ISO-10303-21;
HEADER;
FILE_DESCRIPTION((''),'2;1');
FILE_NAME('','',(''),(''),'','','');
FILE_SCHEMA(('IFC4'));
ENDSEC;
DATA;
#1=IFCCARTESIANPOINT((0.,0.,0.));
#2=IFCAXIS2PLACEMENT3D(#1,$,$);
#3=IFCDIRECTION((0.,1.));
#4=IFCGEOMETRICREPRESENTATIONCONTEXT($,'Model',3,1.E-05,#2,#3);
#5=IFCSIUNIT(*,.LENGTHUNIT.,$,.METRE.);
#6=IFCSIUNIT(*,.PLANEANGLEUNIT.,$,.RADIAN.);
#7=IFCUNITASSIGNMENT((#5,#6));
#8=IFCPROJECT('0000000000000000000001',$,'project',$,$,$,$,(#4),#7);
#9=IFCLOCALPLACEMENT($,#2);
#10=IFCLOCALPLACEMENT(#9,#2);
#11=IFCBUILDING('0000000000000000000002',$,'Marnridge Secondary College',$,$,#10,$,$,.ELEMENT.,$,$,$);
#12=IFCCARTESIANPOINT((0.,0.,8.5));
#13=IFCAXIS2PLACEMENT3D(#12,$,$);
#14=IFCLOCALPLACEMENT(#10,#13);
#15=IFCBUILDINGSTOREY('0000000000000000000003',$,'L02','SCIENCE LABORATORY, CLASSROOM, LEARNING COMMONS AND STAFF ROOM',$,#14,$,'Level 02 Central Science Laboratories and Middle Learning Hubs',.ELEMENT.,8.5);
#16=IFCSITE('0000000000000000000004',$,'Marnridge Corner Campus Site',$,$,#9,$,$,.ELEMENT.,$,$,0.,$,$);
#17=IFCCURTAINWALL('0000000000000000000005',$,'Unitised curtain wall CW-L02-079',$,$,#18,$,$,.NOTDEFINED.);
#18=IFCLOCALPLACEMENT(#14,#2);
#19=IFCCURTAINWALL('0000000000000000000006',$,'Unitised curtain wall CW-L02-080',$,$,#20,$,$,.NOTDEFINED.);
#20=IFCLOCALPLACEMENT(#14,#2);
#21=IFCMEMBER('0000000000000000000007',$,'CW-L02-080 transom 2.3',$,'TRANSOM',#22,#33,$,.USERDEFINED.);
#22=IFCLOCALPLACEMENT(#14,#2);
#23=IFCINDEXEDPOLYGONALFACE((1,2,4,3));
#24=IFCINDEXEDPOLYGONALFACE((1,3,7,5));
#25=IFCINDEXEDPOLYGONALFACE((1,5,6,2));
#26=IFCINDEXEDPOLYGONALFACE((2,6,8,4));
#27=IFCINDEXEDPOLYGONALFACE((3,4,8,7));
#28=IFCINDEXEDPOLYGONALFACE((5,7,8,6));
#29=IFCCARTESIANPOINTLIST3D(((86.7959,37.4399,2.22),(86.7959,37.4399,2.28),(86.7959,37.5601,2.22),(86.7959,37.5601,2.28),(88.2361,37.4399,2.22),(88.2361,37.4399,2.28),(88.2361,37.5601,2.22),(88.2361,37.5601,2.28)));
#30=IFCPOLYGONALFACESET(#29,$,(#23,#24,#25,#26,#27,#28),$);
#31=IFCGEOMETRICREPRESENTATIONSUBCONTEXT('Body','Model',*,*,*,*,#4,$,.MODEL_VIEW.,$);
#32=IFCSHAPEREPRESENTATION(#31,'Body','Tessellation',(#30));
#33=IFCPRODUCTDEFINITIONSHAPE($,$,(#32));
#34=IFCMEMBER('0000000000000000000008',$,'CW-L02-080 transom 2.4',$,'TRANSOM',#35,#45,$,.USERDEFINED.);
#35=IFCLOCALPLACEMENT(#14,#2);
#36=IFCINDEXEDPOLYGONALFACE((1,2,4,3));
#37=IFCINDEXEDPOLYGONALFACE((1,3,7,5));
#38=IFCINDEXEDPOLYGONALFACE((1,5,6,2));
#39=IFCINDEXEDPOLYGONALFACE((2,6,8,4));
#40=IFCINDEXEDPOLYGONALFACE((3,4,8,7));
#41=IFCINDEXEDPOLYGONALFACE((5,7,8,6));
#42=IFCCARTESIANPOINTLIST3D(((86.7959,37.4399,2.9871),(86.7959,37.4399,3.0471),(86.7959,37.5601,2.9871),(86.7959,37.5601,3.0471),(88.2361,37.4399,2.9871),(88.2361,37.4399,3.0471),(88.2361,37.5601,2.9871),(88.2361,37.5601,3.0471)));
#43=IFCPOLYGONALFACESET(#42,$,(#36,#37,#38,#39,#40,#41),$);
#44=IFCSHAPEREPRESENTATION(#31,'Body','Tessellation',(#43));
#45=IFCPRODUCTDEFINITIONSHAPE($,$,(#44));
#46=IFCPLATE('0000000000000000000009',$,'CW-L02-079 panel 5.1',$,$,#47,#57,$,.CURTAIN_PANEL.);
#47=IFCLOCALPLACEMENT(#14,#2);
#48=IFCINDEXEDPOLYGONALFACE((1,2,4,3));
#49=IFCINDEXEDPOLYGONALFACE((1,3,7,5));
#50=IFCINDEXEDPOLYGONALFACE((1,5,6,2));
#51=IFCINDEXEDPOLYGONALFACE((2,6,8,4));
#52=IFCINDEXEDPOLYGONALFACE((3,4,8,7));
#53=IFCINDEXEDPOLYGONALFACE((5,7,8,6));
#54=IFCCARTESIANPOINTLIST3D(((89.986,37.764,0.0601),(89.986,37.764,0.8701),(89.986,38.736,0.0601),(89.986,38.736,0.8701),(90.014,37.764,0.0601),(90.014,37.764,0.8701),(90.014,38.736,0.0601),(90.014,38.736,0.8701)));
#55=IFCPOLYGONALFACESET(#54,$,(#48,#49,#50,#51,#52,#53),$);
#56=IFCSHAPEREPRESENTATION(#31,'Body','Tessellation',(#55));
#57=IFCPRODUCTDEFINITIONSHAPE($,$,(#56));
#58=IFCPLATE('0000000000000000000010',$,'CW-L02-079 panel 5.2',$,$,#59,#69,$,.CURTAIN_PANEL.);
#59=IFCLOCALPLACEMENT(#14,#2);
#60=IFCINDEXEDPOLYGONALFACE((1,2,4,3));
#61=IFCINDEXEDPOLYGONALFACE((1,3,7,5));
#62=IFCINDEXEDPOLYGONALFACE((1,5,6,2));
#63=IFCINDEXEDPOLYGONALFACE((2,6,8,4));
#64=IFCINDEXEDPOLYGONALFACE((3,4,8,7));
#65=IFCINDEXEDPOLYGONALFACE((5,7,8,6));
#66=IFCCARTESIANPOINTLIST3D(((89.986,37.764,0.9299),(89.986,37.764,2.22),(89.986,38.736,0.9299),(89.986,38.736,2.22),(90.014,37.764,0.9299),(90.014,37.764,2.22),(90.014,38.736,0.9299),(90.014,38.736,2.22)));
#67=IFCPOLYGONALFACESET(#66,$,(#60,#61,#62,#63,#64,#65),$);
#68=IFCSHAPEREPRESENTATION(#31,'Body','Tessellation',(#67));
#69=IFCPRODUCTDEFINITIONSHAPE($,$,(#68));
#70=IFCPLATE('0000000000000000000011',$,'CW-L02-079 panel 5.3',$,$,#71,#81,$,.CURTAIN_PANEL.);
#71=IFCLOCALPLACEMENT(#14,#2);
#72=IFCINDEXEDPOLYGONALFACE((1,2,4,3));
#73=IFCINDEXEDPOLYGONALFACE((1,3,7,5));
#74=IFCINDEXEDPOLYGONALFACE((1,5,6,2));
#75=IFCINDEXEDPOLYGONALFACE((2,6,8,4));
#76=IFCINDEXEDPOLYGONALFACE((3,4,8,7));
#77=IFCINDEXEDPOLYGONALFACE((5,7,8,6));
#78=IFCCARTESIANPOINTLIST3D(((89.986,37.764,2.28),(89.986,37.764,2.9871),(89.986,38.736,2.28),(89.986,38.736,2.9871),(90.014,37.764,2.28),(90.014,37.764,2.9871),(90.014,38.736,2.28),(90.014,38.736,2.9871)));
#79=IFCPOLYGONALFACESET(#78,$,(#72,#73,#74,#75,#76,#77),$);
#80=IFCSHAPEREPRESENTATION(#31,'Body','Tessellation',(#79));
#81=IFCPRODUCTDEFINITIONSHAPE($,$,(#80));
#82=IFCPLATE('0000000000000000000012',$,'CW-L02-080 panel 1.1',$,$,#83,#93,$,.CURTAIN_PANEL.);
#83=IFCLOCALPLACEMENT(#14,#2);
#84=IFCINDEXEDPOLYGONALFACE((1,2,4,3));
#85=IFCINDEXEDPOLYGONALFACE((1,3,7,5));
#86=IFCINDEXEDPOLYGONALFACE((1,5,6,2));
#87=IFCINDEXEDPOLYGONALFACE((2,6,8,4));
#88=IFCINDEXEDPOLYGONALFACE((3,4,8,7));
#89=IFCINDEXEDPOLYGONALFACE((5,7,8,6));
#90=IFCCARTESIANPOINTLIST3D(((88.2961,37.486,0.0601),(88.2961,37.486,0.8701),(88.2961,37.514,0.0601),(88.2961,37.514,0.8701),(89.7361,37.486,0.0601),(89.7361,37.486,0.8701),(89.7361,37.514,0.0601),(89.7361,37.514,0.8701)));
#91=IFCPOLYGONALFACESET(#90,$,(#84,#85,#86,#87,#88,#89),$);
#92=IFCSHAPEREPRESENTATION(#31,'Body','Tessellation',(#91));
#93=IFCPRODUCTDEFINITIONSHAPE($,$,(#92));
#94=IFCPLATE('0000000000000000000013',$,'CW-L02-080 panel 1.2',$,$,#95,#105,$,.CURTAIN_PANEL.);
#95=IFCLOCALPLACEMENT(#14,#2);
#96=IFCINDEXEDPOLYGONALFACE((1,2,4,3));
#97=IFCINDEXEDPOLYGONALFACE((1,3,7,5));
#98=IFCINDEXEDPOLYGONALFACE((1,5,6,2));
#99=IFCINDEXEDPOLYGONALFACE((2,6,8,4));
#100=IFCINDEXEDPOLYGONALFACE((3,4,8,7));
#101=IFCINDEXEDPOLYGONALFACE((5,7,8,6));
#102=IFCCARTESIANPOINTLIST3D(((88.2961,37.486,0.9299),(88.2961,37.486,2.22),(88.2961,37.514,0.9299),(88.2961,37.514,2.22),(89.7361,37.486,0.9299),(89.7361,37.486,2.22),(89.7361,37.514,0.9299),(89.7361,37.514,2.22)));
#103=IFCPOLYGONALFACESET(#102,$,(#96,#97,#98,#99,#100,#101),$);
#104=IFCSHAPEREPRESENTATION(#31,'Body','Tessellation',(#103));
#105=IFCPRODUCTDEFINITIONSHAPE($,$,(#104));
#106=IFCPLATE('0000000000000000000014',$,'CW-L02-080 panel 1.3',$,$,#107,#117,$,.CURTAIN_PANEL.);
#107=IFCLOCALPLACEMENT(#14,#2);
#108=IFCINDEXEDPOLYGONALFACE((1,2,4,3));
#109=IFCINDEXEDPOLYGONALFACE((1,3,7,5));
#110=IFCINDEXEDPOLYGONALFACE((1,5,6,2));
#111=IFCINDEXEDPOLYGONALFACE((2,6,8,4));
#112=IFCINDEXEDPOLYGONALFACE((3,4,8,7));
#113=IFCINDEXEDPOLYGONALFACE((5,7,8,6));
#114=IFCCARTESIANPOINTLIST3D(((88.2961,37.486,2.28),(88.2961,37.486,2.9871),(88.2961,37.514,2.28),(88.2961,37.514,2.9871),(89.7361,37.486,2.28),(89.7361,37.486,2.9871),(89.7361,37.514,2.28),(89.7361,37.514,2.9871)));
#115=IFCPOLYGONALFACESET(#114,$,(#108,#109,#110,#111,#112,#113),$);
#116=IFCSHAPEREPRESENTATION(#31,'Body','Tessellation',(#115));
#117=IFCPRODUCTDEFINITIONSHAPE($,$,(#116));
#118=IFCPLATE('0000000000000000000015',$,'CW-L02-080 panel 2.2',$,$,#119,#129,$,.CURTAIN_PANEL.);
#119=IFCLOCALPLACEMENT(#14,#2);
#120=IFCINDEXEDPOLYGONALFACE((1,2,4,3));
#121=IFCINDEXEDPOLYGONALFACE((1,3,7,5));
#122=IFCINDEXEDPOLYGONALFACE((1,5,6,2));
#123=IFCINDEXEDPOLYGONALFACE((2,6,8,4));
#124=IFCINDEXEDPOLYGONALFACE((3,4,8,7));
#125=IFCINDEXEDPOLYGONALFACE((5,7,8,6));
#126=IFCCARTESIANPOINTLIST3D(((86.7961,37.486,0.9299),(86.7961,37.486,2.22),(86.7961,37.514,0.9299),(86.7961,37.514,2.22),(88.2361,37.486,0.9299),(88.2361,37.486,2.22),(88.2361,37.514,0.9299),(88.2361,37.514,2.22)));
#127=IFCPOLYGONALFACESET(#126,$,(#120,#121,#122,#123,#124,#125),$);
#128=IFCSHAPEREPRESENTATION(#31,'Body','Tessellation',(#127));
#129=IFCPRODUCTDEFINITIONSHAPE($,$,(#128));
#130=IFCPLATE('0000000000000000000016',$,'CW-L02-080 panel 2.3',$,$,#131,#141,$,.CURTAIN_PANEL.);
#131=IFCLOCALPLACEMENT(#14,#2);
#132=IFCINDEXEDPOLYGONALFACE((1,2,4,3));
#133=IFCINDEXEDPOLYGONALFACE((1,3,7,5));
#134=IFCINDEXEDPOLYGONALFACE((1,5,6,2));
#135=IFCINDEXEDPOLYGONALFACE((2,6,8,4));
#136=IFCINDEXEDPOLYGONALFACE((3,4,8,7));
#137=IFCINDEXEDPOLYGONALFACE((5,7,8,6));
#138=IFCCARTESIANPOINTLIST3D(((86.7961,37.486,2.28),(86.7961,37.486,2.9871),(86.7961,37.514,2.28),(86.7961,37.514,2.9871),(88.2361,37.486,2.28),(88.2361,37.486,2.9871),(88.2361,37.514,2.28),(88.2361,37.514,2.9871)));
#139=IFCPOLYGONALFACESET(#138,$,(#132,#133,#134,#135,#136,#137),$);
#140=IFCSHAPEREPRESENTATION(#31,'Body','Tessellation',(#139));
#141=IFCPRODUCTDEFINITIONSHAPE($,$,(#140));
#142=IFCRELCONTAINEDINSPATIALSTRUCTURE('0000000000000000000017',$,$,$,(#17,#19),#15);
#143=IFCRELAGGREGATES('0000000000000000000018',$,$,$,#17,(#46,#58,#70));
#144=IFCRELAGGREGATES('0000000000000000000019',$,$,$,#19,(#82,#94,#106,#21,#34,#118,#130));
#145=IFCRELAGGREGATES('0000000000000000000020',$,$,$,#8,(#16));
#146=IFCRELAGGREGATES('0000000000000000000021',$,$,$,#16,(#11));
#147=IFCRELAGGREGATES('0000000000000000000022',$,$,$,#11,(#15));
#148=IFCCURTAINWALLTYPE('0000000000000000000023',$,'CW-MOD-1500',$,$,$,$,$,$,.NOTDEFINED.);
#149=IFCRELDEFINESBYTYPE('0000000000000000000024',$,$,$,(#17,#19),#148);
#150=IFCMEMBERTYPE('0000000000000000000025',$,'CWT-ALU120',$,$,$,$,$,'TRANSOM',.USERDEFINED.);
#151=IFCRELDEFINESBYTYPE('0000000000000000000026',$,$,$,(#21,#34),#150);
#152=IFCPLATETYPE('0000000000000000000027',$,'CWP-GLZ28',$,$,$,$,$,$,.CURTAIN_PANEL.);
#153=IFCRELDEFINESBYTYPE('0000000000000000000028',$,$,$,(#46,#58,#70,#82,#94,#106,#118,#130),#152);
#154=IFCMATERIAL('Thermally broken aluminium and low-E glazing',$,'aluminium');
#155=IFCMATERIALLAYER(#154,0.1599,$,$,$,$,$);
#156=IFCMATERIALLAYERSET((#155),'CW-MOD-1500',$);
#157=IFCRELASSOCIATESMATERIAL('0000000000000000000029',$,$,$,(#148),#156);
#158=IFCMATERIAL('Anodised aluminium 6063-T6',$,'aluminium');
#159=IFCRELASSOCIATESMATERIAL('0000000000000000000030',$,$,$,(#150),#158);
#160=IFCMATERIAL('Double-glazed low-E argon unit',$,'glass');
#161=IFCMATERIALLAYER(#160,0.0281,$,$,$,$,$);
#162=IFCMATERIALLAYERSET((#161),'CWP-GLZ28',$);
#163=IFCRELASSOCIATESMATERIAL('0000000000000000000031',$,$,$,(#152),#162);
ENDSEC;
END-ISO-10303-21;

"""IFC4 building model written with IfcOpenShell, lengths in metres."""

from ifc_helpers import new_model, si_unit, direction, frame, origin, origin_2d, place, context, subcontext, project, spatial, rectangle, extrude, material, layer, layer_set, material_profile, profile_set, type_object, element, aggregate, save


model = new_model("IFC4")

# Units and contexts
model_context = context("Model", 3, precision=1e-05, world=origin(), true_north=direction((0.0, 1.0)))
body_context = subcontext(model_context, "Body", "Model", "MODEL_VIEW")
ifc_project = project(units=[si_unit("LENGTHUNIT", "METRE"), si_unit("PLANEANGLEUNIT", "RADIAN")], contexts=[model_context])

# Site, building, storey
site_placement = place(None, origin())
site = spatial("IfcSite", under=ifc_project, at=site_placement, Name="Marnridge Corner Campus Site", CompositionType="ELEMENT", RefElevation=0.0)
building_placement = place(site_placement, origin())
building = spatial("IfcBuilding", under=site, at=building_placement, Name="Marnridge Secondary College", CompositionType="ELEMENT")
storey_placement = place(building_placement, frame((0.0, 0.0, 8.5)))
storey = spatial("IfcBuildingStorey", under=building, at=storey_placement, Name="L02", Description="SCIENCE LABORATORY, CLASSROOM, LEARNING COMMONS AND STAFF ROOM", LongName="Level 02 Central Science Laboratories and Middle Learning Hubs", CompositionType="ELEMENT", Elevation=8.5)

# Curtain wall
ifc_material_1 = material(Name="Thermally broken aluminium and low-E glazing", Category="aluminium")
ifc_layer_1 = layer(ifc_material_1, 0.1599)
ifc_layer_set_1 = layer_set([ifc_layer_1], Name="CW-MOD-1500")
curtain_wall_type = type_object("IfcCurtainWallType", Name="CW-MOD-1500", PredefinedType="NOTDEFINED", material=ifc_layer_set_1)
curtain_wall_1_placement = place(storey_placement, origin())
curtain_wall_1 = element("IfcCurtainWall", 1, at=curtain_wall_1_placement, inside=storey, type_object=curtain_wall_type, Name="Unitised curtain wall CW-L02-079", PredefinedType="NOTDEFINED")

# Curtain wall
curtain_wall_2_placement = place(storey_placement, origin())
curtain_wall_2 = element("IfcCurtainWall", 2, at=curtain_wall_2_placement, inside=storey, type_object=curtain_wall_type, Name="Unitised curtain wall CW-L02-080", PredefinedType="NOTDEFINED")

# Members
ifc_material_2 = material(Name="Anodised aluminium 6063-T6", Category="aluminium")
ifc_material_profile_1 = material_profile(ifc_material_2, rectangle(XDim=0.0601, YDim=0.1201, at=origin_2d()), Name="ALU 60x120")
ifc_profile_set_1 = profile_set([ifc_material_profile_1], Name="Anodised aluminium 6063-T6")
member_type_1 = type_object("IfcMemberType", Name="CWT-ALU120", ElementType="TRANSOM", PredefinedType="USERDEFINED", material=ifc_profile_set_1)
member_1_placement = place(storey_placement, frame((88.2361, 37.5, 2.25), z_axis=(-1.0, 0.0, 0.0), x_axis=(0.0, 0.0, 1.0)))
member_1 = element("IfcMember", 3, at=member_1_placement, type_object=member_type_1, Name="CW-L02-080 transom 2.3", ObjectType="TRANSOM", PredefinedType="USERDEFINED", context=body_context, shape_type="SweptSolid", body=[
    extrude(rectangle(XDim=0.0601, YDim=0.1201, at=origin_2d()), origin(), (0.0, 0.0, 1.0), 1.4402),
])
member_2_placement = place(storey_placement, frame((88.2361, 37.5, 3.0171), z_axis=(-1.0, 0.0, 0.0), x_axis=(0.0, 0.0, 1.0)))
member_2 = element("IfcMember", 4, at=member_2_placement, type_object=member_type_1, Name="CW-L02-080 transom 2.4", ObjectType="TRANSOM", PredefinedType="USERDEFINED", context=body_context, shape_type="SweptSolid", body=[
    extrude(rectangle(XDim=0.0601, YDim=0.1201, at=origin_2d()), origin(), (0.0, 0.0, 1.0), 1.4402),
])

# Plates
ifc_material_3 = material(Name="Double-glazed low-E argon unit", Category="glass")
ifc_layer_2 = layer(ifc_material_3, 0.0281)
ifc_layer_set_2 = layer_set([ifc_layer_2], Name="CWP-GLZ28")
plate_type = type_object("IfcPlateType", Name="CWP-GLZ28", PredefinedType="CURTAIN_PANEL", material=ifc_layer_set_2)
plate_1_placement = place(storey_placement, frame((90.0, 38.25, 0.0601), z_axis=(0.0, 0.0, 1.0), x_axis=(0.0, -1.0, 0.0)))
plate_1 = element("IfcPlate", 5, at=plate_1_placement, type_object=plate_type, Name="CW-L02-079 panel 5.1", PredefinedType="CURTAIN_PANEL", context=body_context, shape_type="SweptSolid", body=[
    extrude(rectangle(XDim=0.9719, YDim=0.0281, at=origin_2d()), origin(), (0.0, 0.0, 1.0), 0.8101),
])
plate_2_placement = place(storey_placement, frame((90.0, 38.25, 0.9299), z_axis=(0.0, 0.0, 1.0), x_axis=(0.0, -1.0, 0.0)))
plate_2 = element("IfcPlate", 6, at=plate_2_placement, type_object=plate_type, Name="CW-L02-079 panel 5.2", PredefinedType="CURTAIN_PANEL", context=body_context, shape_type="SweptSolid", body=[
    extrude(rectangle(XDim=0.9719, YDim=0.0281, at=origin_2d()), origin(), (0.0, 0.0, 1.0), 1.29),
])
plate_3_placement = place(storey_placement, frame((90.0, 38.25, 2.28), z_axis=(0.0, 0.0, 1.0), x_axis=(0.0, -1.0, 0.0)))
plate_3 = element("IfcPlate", 7, at=plate_3_placement, type_object=plate_type, Name="CW-L02-079 panel 5.3", PredefinedType="CURTAIN_PANEL", context=body_context, shape_type="SweptSolid", body=[
    extrude(rectangle(XDim=0.9719, YDim=0.0281, at=origin_2d()), origin(), (0.0, 0.0, 1.0), 0.707),
])
aggregate(curtain_wall_1, [plate_1, plate_2, plate_3])
plate_4_placement = place(storey_placement, frame((89.0161, 37.5, 0.0601), z_axis=(0.0, 0.0, 1.0), x_axis=(-1.0, 0.0, 0.0)))
plate_4 = element("IfcPlate", 8, at=plate_4_placement, type_object=plate_type, Name="CW-L02-080 panel 1.1", PredefinedType="CURTAIN_PANEL", context=body_context, shape_type="SweptSolid", body=[
    extrude(rectangle(XDim=1.4399, YDim=0.0281, at=origin_2d()), origin(), (0.0, 0.0, 1.0), 0.8101),
])
plate_5_placement = place(storey_placement, frame((89.0161, 37.5, 0.9299), z_axis=(0.0, 0.0, 1.0), x_axis=(-1.0, 0.0, 0.0)))
plate_5 = element("IfcPlate", 9, at=plate_5_placement, type_object=plate_type, Name="CW-L02-080 panel 1.2", PredefinedType="CURTAIN_PANEL", context=body_context, shape_type="SweptSolid", body=[
    extrude(rectangle(XDim=1.4399, YDim=0.0281, at=origin_2d()), origin(), (0.0, 0.0, 1.0), 1.29),
])
plate_6_placement = place(storey_placement, frame((89.0161, 37.5, 2.28), z_axis=(0.0, 0.0, 1.0), x_axis=(-1.0, 0.0, 0.0)))
plate_6 = element("IfcPlate", 10, at=plate_6_placement, type_object=plate_type, Name="CW-L02-080 panel 1.3", PredefinedType="CURTAIN_PANEL", context=body_context, shape_type="SweptSolid", body=[
    extrude(rectangle(XDim=1.4399, YDim=0.0281, at=origin_2d()), origin(), (0.0, 0.0, 1.0), 0.707),
])
plate_7_placement = place(storey_placement, frame((87.5161, 37.5, 0.9299), z_axis=(0.0, 0.0, 1.0), x_axis=(-1.0, 0.0, 0.0)))
plate_7 = element("IfcPlate", 11, at=plate_7_placement, type_object=plate_type, Name="CW-L02-080 panel 2.2", PredefinedType="CURTAIN_PANEL", context=body_context, shape_type="SweptSolid", body=[
    extrude(rectangle(XDim=1.4399, YDim=0.0281, at=origin_2d()), origin(), (0.0, 0.0, 1.0), 1.29),
])
plate_8_placement = place(storey_placement, frame((87.5161, 37.5, 2.28), z_axis=(0.0, 0.0, 1.0), x_axis=(-1.0, 0.0, 0.0)))
plate_8 = element("IfcPlate", 12, at=plate_8_placement, type_object=plate_type, Name="CW-L02-080 panel 2.3", PredefinedType="CURTAIN_PANEL", context=body_context, shape_type="SweptSolid", body=[
    extrude(rectangle(XDim=1.4399, YDim=0.0281, at=origin_2d()), origin(), (0.0, 0.0, 1.0), 0.707),
])
aggregate(curtain_wall_2, [plate_4, plate_5, plate_6, member_1, member_2, plate_7, plate_8])

save(model, "model.ifc")
